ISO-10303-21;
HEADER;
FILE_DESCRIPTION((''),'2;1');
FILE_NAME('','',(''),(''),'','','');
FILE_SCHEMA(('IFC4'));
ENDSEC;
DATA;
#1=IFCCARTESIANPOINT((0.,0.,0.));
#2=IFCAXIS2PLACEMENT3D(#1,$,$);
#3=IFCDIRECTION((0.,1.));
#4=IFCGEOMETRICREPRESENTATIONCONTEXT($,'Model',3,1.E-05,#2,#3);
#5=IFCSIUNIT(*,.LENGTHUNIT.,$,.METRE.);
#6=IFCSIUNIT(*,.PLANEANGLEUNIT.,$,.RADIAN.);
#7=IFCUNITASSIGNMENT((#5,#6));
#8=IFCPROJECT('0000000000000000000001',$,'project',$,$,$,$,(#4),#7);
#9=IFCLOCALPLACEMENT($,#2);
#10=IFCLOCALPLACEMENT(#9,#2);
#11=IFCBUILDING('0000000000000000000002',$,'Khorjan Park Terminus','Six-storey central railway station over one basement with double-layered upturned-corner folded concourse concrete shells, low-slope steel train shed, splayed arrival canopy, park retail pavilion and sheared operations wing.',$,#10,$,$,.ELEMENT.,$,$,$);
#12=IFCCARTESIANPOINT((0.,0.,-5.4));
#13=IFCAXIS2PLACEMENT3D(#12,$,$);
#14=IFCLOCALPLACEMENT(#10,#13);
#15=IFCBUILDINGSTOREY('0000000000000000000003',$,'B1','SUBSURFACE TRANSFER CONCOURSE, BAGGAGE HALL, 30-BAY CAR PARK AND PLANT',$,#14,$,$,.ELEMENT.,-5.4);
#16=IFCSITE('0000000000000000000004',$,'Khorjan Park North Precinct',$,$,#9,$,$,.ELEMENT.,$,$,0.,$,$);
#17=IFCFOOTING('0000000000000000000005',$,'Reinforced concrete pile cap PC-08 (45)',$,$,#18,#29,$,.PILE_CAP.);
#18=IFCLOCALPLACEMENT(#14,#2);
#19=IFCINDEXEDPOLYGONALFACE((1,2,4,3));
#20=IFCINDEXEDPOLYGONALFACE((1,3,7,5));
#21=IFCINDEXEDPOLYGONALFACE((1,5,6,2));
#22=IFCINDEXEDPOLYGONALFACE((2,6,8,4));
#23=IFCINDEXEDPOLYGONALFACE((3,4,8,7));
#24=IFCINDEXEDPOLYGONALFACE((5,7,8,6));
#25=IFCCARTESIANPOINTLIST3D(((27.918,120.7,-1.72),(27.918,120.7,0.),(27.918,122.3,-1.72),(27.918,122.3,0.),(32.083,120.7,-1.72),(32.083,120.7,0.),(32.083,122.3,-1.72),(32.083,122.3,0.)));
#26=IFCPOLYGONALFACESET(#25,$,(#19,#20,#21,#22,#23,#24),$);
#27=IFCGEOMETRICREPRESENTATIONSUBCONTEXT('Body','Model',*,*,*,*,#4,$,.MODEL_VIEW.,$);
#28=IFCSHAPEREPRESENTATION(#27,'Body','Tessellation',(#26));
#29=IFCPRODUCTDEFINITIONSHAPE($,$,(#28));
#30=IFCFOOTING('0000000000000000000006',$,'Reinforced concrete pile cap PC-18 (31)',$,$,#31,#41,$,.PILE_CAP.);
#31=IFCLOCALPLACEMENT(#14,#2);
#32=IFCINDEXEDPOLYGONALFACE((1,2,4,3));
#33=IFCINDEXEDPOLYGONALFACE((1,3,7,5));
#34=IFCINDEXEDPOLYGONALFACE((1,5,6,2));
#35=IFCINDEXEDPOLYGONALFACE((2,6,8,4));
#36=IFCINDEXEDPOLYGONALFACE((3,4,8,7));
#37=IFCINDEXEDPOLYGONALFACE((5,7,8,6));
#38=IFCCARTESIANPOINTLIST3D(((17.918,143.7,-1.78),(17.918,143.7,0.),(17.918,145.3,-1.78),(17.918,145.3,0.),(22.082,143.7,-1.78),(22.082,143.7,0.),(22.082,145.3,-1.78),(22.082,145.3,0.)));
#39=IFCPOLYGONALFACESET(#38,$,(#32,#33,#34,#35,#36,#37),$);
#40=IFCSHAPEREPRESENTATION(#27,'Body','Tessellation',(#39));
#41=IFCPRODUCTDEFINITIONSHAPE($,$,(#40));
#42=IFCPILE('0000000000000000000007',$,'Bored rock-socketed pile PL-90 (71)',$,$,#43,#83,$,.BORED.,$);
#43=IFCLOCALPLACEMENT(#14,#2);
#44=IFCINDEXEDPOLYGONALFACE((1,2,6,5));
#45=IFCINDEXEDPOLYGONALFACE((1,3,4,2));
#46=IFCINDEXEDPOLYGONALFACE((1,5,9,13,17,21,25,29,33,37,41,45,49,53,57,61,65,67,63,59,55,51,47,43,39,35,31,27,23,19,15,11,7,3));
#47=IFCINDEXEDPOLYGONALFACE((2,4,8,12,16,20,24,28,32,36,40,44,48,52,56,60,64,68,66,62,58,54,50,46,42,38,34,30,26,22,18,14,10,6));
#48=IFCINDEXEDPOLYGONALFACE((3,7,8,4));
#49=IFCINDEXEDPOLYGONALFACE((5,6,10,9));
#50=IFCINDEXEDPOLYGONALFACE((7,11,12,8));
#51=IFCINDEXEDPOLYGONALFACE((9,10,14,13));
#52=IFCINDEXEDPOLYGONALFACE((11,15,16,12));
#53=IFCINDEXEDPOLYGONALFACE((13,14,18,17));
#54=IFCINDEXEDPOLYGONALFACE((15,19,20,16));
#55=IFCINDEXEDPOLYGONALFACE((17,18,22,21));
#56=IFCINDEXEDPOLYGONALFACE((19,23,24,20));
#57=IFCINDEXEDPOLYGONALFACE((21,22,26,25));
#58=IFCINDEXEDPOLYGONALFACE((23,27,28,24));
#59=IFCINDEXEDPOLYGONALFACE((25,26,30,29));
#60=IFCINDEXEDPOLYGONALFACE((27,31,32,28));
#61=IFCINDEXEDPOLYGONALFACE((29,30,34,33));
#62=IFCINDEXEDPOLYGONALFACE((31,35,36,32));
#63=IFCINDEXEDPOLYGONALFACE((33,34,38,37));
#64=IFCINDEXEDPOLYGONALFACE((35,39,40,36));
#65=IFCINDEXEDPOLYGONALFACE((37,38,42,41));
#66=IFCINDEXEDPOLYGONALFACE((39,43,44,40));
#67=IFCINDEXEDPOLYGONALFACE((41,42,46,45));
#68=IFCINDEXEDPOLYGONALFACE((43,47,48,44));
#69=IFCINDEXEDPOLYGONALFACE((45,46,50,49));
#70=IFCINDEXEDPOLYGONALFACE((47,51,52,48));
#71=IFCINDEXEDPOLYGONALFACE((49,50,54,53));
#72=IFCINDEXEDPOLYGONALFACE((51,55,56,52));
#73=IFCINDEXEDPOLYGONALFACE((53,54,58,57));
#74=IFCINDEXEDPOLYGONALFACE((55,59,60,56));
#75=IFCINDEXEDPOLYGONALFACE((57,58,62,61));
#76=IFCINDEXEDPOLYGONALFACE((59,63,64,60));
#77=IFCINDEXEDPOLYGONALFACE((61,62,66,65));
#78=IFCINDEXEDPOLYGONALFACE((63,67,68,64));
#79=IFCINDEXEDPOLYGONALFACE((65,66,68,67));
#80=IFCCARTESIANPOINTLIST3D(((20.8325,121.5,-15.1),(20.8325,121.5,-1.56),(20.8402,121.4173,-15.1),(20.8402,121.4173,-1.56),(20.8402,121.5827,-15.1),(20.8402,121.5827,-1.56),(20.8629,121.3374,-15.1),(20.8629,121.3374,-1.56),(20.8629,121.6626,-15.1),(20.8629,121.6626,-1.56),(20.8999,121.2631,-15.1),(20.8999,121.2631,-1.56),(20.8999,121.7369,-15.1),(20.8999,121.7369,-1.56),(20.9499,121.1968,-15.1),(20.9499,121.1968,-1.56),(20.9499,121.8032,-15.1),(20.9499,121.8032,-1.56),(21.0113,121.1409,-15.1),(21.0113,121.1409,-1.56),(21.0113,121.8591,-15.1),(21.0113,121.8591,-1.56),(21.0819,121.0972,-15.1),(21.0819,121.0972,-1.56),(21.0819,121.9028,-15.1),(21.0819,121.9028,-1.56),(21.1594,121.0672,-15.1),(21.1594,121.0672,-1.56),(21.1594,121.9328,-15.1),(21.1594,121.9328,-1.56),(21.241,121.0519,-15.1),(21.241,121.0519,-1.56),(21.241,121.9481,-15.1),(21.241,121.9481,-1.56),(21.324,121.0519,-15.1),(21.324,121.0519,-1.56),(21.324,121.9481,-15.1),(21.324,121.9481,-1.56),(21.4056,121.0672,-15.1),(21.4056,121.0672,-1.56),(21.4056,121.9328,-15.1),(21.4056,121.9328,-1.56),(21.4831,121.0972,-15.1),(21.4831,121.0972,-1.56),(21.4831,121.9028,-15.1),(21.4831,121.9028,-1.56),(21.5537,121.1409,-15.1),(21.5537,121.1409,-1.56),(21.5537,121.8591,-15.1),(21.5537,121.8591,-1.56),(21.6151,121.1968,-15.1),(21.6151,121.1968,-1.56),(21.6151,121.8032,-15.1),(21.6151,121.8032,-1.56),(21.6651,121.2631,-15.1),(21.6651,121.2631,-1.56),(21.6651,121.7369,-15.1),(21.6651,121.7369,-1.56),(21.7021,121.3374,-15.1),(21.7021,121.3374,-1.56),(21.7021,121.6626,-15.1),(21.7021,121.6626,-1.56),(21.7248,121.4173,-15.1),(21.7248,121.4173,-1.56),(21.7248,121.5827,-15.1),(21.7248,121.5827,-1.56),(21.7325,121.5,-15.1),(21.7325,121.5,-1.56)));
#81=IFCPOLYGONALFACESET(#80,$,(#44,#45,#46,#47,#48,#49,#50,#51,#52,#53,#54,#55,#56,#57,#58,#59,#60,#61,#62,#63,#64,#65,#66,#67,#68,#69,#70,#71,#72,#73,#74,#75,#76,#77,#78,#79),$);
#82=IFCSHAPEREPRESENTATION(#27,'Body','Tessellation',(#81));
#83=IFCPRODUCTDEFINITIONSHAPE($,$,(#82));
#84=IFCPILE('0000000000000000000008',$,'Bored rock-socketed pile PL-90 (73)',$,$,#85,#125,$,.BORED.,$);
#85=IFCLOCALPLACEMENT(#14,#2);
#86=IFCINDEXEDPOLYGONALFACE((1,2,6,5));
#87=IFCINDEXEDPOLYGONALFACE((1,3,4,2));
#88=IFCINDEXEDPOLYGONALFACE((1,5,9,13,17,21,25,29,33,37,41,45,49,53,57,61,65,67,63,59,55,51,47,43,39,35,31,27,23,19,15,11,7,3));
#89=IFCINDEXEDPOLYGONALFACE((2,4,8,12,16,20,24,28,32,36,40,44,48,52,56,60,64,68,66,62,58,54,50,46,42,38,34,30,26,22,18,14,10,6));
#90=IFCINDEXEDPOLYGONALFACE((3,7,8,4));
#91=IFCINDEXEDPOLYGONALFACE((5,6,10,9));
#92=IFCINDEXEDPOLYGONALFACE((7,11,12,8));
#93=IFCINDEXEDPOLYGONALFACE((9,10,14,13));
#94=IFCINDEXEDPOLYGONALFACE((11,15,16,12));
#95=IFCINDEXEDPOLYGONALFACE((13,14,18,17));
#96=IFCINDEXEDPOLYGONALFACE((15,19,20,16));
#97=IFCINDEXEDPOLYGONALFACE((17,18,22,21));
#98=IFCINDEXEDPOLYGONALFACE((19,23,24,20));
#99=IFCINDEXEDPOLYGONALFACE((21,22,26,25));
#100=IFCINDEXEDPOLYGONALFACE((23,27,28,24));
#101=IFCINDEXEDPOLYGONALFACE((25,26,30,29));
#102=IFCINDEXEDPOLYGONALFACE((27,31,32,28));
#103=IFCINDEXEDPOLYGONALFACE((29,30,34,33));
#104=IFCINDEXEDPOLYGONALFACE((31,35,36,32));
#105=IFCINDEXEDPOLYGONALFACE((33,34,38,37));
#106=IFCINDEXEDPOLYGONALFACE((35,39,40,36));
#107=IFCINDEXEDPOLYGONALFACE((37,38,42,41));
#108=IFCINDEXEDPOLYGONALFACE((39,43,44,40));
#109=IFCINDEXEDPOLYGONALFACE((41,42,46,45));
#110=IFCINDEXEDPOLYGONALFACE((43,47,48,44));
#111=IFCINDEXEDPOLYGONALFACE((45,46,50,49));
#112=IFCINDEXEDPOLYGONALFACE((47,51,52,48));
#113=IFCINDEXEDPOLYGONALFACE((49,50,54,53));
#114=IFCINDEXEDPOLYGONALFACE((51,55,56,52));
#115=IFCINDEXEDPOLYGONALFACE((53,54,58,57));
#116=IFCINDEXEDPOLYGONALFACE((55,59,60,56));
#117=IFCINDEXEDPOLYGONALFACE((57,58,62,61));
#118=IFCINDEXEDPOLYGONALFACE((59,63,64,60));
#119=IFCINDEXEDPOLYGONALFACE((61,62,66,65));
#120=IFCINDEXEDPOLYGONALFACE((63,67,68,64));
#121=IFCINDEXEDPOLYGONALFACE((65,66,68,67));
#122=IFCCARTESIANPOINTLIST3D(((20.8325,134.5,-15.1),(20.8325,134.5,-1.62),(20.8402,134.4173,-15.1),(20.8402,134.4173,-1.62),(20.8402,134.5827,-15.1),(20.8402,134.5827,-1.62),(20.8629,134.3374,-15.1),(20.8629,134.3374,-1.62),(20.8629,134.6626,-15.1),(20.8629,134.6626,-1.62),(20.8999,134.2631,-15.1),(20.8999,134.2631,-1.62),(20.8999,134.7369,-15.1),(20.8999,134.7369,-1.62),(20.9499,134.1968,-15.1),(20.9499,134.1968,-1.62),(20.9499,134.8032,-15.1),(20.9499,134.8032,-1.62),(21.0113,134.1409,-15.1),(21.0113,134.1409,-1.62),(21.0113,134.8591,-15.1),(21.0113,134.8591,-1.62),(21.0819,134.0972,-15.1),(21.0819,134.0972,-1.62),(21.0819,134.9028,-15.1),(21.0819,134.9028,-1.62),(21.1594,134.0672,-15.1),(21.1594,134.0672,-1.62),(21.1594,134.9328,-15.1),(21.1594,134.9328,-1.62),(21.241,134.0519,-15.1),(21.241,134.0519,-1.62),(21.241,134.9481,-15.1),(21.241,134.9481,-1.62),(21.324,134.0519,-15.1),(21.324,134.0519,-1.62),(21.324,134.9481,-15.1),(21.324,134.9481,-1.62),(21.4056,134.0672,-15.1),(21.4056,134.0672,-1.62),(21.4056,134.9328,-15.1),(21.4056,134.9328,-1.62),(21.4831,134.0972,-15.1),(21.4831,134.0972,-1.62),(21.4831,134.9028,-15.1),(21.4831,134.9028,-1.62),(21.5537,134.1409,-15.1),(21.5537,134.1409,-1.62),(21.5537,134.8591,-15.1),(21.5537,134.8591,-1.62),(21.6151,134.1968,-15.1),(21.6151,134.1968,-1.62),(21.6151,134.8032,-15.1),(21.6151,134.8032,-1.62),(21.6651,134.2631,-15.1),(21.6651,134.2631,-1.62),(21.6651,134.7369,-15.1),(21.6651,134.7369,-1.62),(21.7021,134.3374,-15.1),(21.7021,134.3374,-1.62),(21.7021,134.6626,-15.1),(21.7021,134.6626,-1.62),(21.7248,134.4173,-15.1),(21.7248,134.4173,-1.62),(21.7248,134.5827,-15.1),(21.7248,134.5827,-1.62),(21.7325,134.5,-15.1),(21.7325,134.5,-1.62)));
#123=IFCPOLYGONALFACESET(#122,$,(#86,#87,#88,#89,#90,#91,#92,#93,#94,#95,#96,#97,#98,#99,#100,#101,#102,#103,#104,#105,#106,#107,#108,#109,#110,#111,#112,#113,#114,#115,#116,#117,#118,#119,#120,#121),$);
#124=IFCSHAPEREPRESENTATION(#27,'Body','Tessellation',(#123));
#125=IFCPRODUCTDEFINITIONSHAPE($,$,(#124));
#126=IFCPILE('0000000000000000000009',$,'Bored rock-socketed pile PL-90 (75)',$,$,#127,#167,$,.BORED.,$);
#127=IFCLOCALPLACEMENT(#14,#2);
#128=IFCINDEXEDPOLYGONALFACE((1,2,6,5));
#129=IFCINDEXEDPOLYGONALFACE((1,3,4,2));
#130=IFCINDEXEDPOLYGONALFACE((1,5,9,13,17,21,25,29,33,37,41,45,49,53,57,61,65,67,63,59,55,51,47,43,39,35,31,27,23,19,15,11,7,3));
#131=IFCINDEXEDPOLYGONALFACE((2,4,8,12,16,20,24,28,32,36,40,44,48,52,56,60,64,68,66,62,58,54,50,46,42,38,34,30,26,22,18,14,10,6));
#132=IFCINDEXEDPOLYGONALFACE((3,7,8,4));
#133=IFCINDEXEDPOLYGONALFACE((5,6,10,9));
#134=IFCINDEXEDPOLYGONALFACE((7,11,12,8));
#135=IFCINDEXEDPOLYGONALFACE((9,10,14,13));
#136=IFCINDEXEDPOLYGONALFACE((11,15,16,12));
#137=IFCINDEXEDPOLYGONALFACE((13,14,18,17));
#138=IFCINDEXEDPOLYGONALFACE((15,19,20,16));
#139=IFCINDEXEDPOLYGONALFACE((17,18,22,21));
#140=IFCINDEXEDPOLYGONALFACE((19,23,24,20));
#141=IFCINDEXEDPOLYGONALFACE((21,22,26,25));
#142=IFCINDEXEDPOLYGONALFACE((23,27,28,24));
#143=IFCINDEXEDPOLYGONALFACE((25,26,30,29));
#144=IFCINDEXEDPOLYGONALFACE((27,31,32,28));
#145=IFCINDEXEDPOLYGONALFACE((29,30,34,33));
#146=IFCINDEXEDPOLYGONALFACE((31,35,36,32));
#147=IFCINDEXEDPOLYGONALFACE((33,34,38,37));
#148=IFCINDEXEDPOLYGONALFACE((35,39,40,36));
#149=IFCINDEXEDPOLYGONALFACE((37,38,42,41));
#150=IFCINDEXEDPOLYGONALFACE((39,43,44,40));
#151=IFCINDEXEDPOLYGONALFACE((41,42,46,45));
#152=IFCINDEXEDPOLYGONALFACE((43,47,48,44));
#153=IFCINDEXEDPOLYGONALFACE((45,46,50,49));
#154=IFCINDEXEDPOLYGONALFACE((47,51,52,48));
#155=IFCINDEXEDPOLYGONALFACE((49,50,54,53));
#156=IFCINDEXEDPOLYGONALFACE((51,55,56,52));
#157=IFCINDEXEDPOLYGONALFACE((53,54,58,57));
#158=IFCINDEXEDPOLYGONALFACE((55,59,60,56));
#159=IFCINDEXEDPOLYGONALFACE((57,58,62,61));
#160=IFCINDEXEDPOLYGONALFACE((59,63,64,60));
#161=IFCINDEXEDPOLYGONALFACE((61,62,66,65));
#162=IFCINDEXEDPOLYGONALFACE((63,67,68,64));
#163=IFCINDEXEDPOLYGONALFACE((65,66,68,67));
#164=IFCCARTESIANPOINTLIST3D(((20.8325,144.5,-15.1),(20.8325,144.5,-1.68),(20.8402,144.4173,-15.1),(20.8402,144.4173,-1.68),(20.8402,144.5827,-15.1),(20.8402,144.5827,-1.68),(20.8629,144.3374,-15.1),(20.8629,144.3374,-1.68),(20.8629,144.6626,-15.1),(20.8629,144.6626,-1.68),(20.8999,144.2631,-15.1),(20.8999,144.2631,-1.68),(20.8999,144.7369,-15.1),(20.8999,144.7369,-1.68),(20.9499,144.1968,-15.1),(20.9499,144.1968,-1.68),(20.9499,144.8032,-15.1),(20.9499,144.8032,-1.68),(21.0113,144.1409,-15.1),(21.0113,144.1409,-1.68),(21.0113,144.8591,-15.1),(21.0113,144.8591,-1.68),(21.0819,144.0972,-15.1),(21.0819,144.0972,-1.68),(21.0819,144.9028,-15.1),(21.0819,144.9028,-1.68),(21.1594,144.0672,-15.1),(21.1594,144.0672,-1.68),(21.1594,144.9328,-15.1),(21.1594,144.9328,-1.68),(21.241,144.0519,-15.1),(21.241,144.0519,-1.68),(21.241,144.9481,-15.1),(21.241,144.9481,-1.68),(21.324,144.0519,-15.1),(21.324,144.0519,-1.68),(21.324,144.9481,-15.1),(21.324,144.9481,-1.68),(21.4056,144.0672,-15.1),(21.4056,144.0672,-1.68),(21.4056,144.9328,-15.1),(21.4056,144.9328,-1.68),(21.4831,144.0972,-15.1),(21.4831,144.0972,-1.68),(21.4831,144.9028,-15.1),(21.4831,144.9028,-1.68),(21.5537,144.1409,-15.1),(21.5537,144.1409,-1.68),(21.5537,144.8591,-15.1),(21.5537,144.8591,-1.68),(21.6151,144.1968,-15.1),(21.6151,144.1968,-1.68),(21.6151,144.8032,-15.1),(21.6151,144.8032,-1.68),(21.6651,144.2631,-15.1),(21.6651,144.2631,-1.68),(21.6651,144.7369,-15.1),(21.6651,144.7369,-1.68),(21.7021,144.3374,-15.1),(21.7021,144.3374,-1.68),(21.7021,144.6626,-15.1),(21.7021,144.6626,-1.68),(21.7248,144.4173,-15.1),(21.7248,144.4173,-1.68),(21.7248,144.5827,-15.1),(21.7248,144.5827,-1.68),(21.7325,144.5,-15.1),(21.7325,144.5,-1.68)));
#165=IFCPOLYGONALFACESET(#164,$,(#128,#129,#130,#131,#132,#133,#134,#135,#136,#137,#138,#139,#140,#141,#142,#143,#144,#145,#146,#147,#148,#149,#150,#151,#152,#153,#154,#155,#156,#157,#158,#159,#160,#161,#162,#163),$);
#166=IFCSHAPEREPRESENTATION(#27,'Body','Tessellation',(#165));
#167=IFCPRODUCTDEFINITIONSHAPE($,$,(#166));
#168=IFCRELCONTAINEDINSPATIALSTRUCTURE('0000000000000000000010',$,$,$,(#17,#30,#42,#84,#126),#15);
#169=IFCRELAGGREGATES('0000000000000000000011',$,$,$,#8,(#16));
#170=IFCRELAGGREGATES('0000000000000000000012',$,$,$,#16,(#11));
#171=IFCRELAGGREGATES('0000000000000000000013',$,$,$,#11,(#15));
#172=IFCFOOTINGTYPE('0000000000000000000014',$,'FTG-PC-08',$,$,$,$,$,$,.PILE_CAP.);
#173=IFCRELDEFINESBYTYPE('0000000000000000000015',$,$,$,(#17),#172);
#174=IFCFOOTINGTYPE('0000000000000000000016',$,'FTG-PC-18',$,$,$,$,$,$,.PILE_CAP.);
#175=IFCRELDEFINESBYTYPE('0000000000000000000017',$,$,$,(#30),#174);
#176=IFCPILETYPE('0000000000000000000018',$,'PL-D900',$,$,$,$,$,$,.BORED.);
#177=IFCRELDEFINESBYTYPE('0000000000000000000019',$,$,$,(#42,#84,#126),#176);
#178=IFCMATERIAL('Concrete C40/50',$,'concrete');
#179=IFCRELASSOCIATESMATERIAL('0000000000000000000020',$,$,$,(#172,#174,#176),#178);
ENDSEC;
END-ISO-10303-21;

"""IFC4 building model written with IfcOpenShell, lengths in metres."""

from ifc_helpers import new_model, si_unit, direction, frame, origin, origin_2d, place, context, subcontext, project, spatial, rectangle, circle, extrude, material, material_profile, profile_set, type_object, element, save


model = new_model("IFC4")

# Units and contexts
model_context = context("Model", 3, precision=1e-05, world=origin(), true_north=direction((0.0, 1.0)))
body_context = subcontext(model_context, "Body", "Model", "MODEL_VIEW")
ifc_project = project(units=[si_unit("LENGTHUNIT", "METRE"), si_unit("PLANEANGLEUNIT", "RADIAN")], contexts=[model_context])

# Site, building, storey
site_placement = place(None, origin())
site = spatial("IfcSite", under=ifc_project, at=site_placement, Name="Khorjan Park North Precinct", CompositionType="ELEMENT", RefElevation=0.0)
building_placement = place(site_placement, origin())
building = spatial("IfcBuilding", under=site, at=building_placement, Name="Khorjan Park Terminus", Description="Six-storey central railway station over one basement with double-layered upturned-corner folded concourse concrete shells, low-slope steel train shed, splayed arrival canopy, park retail pavilion and sheared operations wing.", CompositionType="ELEMENT")
storey_placement = place(building_placement, frame((0.0, 0.0, -5.4)))
storey = spatial("IfcBuildingStorey", under=building, at=storey_placement, Name="B1", Description="SUBSURFACE TRANSFER CONCOURSE, BAGGAGE HALL, 30-BAY CAR PARK AND PLANT", CompositionType="ELEMENT", Elevation=-5.4)

# Footings
ifc_material = material(Name="Concrete C40/50", Category="concrete")
footing_type_1 = type_object("IfcFootingType", Name="FTG-PC-08", PredefinedType="PILE_CAP", material=ifc_material)
footing_1_placement = place(storey_placement, frame((30.0005, 121.5, -1.72), z_axis=(0.0, 0.0, 1.0), x_axis=(1.0, 0.0, 0.0)))
element("IfcFooting", 1, at=footing_1_placement, inside=storey, type_object=footing_type_1, Name="Reinforced concrete pile cap PC-08 (45)", PredefinedType="PILE_CAP", context=body_context, shape_type="SweptSolid", body=[
    extrude(rectangle(XDim=4.165, YDim=1.6, at=origin_2d()), origin(), (0.0, 0.0, 1.0), 1.72),
])
footing_type_2 = type_object("IfcFootingType", Name="FTG-PC-18", PredefinedType="PILE_CAP", material=ifc_material)
footing_2_placement = place(storey_placement, frame((20.0, 144.5, -1.78), z_axis=(0.0, 0.0, 1.0), x_axis=(1.0, 0.0, 0.0)))
element("IfcFooting", 2, at=footing_2_placement, inside=storey, type_object=footing_type_2, Name="Reinforced concrete pile cap PC-18 (31)", PredefinedType="PILE_CAP", context=body_context, shape_type="SweptSolid", body=[
    extrude(rectangle(XDim=4.164, YDim=1.6, at=origin_2d()), origin(), (0.0, 0.0, 1.0), 1.78),
])

# Piles
ifc_material_profile_1 = material_profile(ifc_material, circle(Radius=0.45, at=origin_2d()), Name="BORED D900")
ifc_profile_set_1 = profile_set([ifc_material_profile_1], Name="Concrete C40/50")
pile_type = type_object("IfcPileType", Name="PL-D900", PredefinedType="BORED", material=ifc_profile_set_1)
pile_1_placement = place(storey_placement, frame((21.2825, 121.5, -1.56), z_axis=(0.0, 0.0, -1.0), x_axis=(1.0, 0.0, 0.0)))
element("IfcPile", 3, at=pile_1_placement, inside=storey, type_object=pile_type, Name="Bored rock-socketed pile PL-90 (71)", PredefinedType="BORED", context=body_context, shape_type="SweptSolid", body=[
    extrude(circle(Radius=0.45, at=origin_2d()), origin(), (0.0, 0.0, 1.0), 13.54),
])
pile_2_placement = place(storey_placement, frame((21.2825, 134.5, -1.62), z_axis=(0.0, 0.0, -1.0), x_axis=(1.0, 0.0, 0.0)))
element("IfcPile", 4, at=pile_2_placement, inside=storey, type_object=pile_type, Name="Bored rock-socketed pile PL-90 (73)", PredefinedType="BORED", context=body_context, shape_type="SweptSolid", body=[
    extrude(circle(Radius=0.45, at=origin_2d()), origin(), (0.0, 0.0, 1.0), 13.48),
])
pile_3_placement = place(storey_placement, frame((21.2825, 144.5, -1.68), z_axis=(0.0, 0.0, -1.0), x_axis=(1.0, 0.0, 0.0)))
element("IfcPile", 5, at=pile_3_placement, inside=storey, type_object=pile_type, Name="Bored rock-socketed pile PL-90 (75)", PredefinedType="BORED", context=body_context, shape_type="SweptSolid", body=[
    extrude(circle(Radius=0.45, at=origin_2d()), origin(), (0.0, 0.0, 1.0), 13.42),
])

save(model, "model.ifc")
